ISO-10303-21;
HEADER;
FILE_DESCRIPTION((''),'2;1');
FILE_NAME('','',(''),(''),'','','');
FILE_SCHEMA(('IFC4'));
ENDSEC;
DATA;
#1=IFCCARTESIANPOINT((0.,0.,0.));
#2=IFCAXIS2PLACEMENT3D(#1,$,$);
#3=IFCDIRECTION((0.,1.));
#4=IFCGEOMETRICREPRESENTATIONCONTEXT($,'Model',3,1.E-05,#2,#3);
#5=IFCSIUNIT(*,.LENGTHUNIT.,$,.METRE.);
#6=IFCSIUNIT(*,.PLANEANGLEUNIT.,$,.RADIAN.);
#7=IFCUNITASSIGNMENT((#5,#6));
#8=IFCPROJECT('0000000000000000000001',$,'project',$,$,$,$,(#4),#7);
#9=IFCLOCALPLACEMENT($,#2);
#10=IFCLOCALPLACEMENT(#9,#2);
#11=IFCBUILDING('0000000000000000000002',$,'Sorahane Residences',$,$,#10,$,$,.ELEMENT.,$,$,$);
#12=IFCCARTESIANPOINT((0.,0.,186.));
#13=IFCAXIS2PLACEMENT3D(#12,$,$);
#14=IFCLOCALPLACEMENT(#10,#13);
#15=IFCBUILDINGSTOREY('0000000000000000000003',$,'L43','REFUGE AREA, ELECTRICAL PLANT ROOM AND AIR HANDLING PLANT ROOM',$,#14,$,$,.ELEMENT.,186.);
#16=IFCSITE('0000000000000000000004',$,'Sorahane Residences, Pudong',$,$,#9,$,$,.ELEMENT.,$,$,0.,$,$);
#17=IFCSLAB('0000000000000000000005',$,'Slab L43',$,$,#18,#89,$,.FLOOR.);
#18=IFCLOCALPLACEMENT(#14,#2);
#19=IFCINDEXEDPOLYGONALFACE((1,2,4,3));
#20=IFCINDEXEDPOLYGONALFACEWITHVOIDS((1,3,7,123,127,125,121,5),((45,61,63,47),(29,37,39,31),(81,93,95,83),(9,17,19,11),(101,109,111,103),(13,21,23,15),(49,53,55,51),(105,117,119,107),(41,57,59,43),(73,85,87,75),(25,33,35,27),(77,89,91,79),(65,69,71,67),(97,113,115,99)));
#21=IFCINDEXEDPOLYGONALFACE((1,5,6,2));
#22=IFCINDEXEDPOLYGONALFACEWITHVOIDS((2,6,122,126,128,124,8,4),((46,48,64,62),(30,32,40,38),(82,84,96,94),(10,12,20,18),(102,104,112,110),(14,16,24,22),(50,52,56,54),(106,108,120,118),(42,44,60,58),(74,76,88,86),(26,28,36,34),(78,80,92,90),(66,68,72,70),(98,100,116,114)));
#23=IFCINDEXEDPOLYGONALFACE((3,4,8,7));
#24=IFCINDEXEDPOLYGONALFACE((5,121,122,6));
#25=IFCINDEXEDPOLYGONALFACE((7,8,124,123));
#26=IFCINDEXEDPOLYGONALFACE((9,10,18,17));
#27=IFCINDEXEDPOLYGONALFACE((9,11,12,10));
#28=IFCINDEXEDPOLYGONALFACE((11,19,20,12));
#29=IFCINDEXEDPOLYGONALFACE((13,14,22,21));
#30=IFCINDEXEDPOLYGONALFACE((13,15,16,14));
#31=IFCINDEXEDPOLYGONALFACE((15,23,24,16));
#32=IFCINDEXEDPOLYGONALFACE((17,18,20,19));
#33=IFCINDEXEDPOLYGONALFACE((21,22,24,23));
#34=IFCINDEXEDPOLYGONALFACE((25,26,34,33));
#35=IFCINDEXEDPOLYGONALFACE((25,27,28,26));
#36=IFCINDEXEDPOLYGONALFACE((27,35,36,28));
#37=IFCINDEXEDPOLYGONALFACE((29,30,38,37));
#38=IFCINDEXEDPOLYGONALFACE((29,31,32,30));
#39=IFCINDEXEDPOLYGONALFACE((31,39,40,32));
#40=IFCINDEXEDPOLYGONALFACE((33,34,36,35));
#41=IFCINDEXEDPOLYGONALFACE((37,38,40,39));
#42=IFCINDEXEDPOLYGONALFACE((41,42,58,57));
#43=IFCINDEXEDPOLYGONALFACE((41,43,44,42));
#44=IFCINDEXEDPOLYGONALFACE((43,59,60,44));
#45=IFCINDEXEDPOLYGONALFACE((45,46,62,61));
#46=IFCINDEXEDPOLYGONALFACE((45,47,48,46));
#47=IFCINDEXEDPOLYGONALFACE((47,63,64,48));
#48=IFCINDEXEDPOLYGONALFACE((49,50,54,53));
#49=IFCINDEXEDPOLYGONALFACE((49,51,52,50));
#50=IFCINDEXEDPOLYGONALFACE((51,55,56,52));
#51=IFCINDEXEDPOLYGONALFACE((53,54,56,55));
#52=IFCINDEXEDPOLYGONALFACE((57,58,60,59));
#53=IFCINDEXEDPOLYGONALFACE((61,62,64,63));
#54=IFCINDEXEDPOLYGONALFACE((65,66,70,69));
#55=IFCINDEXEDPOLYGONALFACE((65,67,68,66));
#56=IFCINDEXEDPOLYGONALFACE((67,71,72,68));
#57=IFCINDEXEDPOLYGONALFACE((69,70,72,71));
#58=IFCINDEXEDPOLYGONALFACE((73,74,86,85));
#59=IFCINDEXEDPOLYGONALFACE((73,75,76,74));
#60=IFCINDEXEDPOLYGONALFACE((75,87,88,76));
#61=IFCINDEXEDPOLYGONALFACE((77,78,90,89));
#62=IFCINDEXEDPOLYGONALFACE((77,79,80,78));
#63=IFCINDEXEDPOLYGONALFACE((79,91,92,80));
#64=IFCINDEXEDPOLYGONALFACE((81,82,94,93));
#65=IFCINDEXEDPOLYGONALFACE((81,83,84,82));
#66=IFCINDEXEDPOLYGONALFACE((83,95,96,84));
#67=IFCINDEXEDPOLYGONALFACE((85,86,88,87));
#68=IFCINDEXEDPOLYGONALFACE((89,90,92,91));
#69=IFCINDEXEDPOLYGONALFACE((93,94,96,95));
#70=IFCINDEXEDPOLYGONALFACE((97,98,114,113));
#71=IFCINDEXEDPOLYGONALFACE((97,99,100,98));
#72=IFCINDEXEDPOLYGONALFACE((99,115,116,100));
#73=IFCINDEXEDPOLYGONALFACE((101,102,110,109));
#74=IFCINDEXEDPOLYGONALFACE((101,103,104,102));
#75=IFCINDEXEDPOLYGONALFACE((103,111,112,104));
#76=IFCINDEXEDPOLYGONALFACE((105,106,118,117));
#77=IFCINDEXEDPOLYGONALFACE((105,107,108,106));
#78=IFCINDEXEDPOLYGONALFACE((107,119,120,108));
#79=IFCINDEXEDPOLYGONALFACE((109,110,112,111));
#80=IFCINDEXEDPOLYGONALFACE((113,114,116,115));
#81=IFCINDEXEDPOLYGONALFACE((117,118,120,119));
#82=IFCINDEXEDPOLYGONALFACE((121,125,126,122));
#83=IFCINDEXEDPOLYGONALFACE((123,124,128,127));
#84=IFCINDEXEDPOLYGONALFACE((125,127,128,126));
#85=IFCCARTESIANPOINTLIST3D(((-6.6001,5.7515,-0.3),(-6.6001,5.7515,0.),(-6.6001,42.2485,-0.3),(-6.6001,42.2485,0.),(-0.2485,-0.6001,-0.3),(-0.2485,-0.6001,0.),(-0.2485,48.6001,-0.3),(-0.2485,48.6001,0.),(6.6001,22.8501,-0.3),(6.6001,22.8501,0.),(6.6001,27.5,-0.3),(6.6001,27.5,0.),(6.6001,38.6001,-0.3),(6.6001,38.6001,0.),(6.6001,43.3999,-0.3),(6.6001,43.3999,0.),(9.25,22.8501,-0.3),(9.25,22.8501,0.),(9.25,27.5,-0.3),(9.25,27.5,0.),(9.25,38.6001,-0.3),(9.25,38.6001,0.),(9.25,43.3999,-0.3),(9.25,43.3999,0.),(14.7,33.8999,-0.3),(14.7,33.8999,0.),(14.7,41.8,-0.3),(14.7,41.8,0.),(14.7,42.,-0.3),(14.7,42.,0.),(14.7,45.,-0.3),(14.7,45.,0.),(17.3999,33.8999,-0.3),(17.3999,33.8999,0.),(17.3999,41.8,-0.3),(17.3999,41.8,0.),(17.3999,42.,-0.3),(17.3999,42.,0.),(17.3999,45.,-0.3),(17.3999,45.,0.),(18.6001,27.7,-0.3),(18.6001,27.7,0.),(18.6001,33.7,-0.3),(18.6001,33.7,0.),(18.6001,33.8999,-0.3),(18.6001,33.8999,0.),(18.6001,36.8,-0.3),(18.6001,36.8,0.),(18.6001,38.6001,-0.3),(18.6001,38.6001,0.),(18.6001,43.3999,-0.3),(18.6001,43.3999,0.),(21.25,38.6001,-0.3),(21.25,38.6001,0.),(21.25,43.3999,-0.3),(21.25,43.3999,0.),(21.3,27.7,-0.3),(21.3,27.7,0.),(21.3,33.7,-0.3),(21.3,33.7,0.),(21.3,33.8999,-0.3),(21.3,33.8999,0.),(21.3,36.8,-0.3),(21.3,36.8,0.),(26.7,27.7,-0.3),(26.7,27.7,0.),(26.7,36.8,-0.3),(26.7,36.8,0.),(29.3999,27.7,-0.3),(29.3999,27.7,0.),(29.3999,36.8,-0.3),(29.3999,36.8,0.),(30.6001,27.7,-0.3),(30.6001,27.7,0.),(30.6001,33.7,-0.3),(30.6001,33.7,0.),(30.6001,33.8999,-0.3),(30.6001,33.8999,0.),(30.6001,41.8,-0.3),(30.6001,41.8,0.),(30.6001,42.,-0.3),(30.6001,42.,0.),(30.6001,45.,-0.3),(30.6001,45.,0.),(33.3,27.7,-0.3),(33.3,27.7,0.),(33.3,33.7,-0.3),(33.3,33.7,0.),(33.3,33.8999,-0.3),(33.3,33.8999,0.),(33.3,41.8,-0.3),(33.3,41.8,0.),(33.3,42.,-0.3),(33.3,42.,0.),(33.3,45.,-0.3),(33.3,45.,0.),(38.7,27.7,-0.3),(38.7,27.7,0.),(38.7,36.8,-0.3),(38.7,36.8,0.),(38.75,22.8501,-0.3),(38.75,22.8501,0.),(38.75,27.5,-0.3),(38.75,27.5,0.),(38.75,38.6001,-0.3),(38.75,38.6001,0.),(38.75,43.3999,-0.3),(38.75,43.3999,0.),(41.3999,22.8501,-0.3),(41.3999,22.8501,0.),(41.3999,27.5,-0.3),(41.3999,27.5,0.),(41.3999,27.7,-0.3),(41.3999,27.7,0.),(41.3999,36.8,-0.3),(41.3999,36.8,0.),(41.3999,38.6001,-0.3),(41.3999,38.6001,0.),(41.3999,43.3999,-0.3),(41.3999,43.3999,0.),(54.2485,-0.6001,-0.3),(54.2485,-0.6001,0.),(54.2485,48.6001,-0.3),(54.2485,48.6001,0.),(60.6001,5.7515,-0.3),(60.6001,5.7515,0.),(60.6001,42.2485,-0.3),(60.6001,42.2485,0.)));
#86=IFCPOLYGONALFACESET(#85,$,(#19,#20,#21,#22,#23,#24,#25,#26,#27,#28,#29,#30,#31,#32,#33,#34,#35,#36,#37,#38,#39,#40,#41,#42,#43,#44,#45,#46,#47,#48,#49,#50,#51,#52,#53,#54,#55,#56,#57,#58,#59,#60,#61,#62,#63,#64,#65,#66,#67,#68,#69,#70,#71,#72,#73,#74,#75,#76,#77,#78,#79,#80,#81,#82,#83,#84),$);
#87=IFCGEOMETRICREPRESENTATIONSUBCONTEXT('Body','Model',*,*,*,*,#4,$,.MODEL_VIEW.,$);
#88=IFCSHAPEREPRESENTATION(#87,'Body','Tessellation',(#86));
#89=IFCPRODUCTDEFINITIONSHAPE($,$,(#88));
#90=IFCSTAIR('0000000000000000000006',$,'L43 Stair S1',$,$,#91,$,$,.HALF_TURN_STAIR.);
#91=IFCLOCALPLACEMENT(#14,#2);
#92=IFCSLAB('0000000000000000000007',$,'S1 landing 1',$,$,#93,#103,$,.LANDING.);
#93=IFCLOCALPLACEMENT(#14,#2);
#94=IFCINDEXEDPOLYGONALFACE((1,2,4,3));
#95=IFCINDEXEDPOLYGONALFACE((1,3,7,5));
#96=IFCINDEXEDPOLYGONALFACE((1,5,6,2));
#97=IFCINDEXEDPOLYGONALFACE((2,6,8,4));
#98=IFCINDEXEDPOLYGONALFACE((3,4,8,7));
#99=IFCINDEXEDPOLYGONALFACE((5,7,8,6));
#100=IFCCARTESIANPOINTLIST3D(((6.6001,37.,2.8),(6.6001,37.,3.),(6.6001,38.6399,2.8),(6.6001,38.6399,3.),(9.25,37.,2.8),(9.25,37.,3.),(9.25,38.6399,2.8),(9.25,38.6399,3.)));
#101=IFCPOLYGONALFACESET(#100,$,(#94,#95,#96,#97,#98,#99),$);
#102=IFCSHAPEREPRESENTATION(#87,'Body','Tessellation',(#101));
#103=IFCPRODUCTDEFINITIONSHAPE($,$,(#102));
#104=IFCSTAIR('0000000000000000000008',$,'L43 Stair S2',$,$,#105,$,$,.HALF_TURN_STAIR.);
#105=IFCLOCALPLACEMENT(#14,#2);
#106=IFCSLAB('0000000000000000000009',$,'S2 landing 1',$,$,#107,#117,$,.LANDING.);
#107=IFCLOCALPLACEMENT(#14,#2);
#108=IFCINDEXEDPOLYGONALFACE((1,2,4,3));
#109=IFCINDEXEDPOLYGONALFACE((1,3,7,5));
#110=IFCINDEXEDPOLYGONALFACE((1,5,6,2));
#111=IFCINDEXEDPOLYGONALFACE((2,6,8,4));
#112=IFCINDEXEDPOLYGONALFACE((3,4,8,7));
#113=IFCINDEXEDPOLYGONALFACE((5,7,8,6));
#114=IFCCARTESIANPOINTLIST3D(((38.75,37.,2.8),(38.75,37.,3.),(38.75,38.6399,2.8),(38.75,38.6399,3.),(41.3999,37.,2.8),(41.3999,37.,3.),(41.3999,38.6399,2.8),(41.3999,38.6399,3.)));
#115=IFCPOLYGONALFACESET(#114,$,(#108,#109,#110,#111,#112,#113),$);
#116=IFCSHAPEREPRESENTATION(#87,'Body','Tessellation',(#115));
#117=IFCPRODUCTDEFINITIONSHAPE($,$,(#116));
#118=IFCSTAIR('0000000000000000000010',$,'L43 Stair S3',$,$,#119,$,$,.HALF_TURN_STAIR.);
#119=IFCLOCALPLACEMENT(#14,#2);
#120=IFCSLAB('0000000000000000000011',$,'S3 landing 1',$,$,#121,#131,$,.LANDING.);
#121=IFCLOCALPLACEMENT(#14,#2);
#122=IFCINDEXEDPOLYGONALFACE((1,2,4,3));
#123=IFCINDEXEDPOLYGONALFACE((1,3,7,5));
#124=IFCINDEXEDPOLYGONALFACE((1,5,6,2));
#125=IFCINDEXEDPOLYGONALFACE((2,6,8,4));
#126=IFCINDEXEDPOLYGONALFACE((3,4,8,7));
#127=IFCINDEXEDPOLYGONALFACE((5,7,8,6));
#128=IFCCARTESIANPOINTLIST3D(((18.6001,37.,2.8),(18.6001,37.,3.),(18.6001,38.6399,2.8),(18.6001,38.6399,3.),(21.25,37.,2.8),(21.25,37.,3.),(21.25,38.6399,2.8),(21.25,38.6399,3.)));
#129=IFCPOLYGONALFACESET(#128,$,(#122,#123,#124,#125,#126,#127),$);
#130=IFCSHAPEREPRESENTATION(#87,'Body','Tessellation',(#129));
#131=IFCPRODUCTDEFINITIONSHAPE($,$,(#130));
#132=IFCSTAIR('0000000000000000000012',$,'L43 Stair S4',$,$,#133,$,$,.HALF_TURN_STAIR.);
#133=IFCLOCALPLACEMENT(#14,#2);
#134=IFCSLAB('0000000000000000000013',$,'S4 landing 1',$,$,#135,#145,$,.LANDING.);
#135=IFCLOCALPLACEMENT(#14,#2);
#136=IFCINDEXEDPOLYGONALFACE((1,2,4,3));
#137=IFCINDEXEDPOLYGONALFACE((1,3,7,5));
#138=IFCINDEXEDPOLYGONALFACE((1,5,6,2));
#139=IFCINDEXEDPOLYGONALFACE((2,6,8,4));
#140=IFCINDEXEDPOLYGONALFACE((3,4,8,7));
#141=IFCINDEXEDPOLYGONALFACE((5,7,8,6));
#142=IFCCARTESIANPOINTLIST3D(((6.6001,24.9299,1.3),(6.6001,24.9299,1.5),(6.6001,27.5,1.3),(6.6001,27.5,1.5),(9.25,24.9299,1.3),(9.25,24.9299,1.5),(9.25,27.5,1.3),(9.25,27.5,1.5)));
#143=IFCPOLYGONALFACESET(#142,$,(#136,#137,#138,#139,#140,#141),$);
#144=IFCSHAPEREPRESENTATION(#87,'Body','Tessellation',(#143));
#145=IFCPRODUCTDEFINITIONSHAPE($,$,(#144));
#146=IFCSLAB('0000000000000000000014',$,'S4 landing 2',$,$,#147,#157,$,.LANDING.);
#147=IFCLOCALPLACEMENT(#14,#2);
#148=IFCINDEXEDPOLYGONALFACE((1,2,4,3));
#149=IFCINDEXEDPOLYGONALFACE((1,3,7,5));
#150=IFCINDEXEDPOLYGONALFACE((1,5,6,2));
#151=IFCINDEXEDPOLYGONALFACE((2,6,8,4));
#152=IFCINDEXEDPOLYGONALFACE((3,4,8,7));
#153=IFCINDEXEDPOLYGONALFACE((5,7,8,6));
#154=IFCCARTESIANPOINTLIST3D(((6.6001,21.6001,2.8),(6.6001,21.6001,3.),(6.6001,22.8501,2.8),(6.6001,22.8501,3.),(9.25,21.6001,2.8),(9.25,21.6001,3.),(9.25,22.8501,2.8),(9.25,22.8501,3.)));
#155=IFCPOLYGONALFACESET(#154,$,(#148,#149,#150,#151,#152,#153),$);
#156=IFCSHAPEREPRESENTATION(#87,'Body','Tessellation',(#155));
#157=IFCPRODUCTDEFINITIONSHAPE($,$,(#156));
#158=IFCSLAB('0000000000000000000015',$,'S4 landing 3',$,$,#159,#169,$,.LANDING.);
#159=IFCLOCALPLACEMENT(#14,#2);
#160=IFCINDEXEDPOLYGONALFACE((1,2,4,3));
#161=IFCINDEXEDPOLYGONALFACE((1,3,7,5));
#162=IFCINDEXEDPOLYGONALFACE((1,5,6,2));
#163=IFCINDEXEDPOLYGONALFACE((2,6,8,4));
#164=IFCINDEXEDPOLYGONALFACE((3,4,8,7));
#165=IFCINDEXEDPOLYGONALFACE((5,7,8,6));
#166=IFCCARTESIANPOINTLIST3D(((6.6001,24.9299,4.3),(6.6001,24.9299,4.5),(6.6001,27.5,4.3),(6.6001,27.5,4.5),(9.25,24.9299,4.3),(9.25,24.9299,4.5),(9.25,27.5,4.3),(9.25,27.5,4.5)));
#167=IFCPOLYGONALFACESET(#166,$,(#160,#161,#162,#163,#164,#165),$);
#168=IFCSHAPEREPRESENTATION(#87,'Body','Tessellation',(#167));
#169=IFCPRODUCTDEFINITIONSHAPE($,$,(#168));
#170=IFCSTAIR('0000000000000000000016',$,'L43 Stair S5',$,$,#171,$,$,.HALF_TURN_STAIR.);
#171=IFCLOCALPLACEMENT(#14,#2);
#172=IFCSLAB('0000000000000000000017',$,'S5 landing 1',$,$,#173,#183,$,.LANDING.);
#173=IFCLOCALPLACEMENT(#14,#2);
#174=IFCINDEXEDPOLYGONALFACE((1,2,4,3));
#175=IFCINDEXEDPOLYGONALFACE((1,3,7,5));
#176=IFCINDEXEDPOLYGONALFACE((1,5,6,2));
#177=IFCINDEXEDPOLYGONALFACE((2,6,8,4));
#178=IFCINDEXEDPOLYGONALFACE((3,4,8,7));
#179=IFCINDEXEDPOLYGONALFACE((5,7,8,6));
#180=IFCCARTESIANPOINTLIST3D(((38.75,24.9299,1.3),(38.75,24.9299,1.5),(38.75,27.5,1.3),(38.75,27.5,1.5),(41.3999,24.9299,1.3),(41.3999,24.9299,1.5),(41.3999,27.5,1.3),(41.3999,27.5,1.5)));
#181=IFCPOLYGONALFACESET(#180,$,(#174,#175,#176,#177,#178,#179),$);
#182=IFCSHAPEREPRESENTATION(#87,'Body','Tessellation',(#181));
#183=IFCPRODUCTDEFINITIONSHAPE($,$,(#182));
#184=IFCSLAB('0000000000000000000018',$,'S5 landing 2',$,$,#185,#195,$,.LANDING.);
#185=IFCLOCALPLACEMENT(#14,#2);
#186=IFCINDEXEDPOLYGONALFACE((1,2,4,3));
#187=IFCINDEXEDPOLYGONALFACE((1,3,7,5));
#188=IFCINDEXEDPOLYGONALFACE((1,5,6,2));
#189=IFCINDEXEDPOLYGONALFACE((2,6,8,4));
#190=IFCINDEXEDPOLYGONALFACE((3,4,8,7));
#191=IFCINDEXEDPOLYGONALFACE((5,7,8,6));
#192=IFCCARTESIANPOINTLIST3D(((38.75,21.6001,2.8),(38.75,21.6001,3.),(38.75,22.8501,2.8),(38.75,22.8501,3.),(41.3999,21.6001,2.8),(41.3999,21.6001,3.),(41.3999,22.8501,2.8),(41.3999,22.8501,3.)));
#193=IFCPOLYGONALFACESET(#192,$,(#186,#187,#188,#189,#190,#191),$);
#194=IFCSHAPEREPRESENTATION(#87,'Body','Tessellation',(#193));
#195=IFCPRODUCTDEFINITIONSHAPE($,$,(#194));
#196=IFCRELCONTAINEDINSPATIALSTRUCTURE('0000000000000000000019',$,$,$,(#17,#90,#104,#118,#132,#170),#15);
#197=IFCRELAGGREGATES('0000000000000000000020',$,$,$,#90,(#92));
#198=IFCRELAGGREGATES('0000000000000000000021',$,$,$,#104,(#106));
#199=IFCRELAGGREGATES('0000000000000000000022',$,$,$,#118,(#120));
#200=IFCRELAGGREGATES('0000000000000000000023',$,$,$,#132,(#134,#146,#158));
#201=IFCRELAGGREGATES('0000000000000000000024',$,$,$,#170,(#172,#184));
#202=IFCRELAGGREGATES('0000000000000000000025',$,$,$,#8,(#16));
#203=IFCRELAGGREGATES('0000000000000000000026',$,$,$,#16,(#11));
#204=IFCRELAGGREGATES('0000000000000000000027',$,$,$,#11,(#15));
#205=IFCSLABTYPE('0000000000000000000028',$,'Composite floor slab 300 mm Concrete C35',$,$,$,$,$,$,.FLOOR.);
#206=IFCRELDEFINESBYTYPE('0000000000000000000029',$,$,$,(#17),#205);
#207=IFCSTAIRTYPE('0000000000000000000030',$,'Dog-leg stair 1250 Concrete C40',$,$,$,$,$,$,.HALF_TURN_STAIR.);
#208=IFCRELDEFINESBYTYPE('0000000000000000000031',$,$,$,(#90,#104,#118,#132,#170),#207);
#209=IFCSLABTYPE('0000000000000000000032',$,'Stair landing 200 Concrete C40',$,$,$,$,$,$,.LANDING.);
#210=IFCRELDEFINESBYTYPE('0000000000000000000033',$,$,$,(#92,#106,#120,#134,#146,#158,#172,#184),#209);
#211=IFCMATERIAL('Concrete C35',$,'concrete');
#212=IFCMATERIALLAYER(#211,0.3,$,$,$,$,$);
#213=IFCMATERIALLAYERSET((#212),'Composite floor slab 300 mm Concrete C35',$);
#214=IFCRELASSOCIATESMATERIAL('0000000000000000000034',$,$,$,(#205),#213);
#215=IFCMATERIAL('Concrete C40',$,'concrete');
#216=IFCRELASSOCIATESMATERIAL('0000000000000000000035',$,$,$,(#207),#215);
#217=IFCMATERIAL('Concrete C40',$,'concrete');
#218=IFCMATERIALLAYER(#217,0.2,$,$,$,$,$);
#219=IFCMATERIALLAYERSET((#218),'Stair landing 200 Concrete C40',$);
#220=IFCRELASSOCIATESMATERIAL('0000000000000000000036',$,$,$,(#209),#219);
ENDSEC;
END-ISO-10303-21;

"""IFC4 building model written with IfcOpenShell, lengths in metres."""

from ifc_helpers import new_model, si_unit, direction, frame, origin, place, context, subcontext, project, spatial, polyline, outline, extrude, material, layer, layer_set, type_object, element, aggregate, save


model = new_model("IFC4")

# Units and contexts
model_context = context("Model", 3, precision=1e-05, world=origin(), true_north=direction((0.0, 1.0)))
body_context = subcontext(model_context, "Body", "Model", "MODEL_VIEW")
ifc_project = project(units=[si_unit("LENGTHUNIT", "METRE"), si_unit("PLANEANGLEUNIT", "RADIAN")], contexts=[model_context])

# Site, building, storey
site_placement = place(None, origin())
site = spatial("IfcSite", under=ifc_project, at=site_placement, Name="Sorahane Residences, Pudong", CompositionType="ELEMENT", RefElevation=0.0)
building_placement = place(site_placement, origin())
building = spatial("IfcBuilding", under=site, at=building_placement, Name="Sorahane Residences", CompositionType="ELEMENT")
storey_placement = place(building_placement, frame((0.0, 0.0, 186.0)))
storey = spatial("IfcBuildingStorey", under=building, at=storey_placement, Name="L43", Description="REFUGE AREA, ELECTRICAL PLANT ROOM AND AIR HANDLING PLANT ROOM", CompositionType="ELEMENT", Elevation=186.0)

# Slab
ifc_material_1 = material(Name="Concrete C35", Category="concrete")
ifc_layer_1 = layer(ifc_material_1, 0.3)
ifc_layer_set_1 = layer_set([ifc_layer_1], Name="Composite floor slab 300 mm Concrete C35")
slab_type_1 = type_object("IfcSlabType", Name="Composite floor slab 300 mm Concrete C35", PredefinedType="FLOOR", material=ifc_layer_set_1)
slab_1_placement = place(storey_placement, frame((0.0, 0.0, -0.3)))
element("IfcSlab", 1, at=slab_1_placement, inside=storey, type_object=slab_type_1, Name="Slab L43", PredefinedType="FLOOR", context=body_context, shape_type="SweptSolid", body=[
    extrude(outline(polyline([(-0.2485, -0.6001), (-6.6001, 5.7515), (-6.6001, 42.2485), (-0.2485, 48.6001), (54.2485, 48.6001), (60.6001, 42.2485), (60.6001, 5.7515), (54.2485, -0.6001), (-0.2485, -0.6001)]), holes=[polyline([(18.6001, 27.7), (21.3, 27.7), (21.3, 33.7), (18.6001, 33.7), (18.6001, 27.7)]), polyline([(38.7, 27.7), (41.3999, 27.7), (41.3999, 36.8), (38.7, 36.8), (38.7, 27.7)]), polyline([(30.6001, 27.7), (33.3, 27.7), (33.3, 33.7), (30.6001, 33.7), (30.6001, 27.7)]), polyline([(30.6001, 42.0), (33.3, 42.0), (33.3, 45.0), (30.6001, 45.0), (30.6001, 42.0)]), polyline([(14.7, 42.0), (17.3999, 42.0), (17.3999, 45.0), (14.7, 45.0), (14.7, 42.0)]), polyline([(9.25, 38.6001), (6.6001, 38.6001), (6.6001, 43.3999), (9.25, 43.3999), (9.25, 38.6001)]), polyline([(41.3999, 38.6001), (38.75, 38.6001), (38.75, 43.3999), (41.3999, 43.3999), (41.3999, 38.6001)]), polyline([(21.25, 38.6001), (18.6001, 38.6001), (18.6001, 43.3999), (21.25, 43.3999), (21.25, 38.6001)]), polyline([(6.6001, 27.5), (9.25, 27.5), (9.25, 22.8501), (6.6001, 22.8501), (6.6001, 27.5)]), polyline([(38.75, 27.5), (41.3999, 27.5), (41.3999, 22.8501), (38.75, 22.8501), (38.75, 27.5)]), polyline([(14.7, 33.8999), (17.3999, 33.8999), (17.3999, 41.8), (14.7, 41.8), (14.7, 33.8999)]), polyline([(30.6001, 33.8999), (33.3, 33.8999), (33.3, 41.8), (30.6001, 41.8), (30.6001, 33.8999)]), polyline([(18.6001, 33.8999), (21.3, 33.8999), (21.3, 36.8), (18.6001, 36.8), (18.6001, 33.8999)]), polyline([(26.7, 27.7), (29.3999, 27.7), (29.3999, 36.8), (26.7, 36.8), (26.7, 27.7)])]), origin(), (0.0, 0.0, 1.0), 0.3),
])

# Stairs, slabs
ifc_material_2 = material(Name="Concrete C40", Category="concrete")
stair_type = type_object("IfcStairType", Name="Dog-leg stair 1250 Concrete C40", PredefinedType="HALF_TURN_STAIR", material=ifc_material_2)
stair_1_placement = place(storey_placement, origin())
stair_1 = element("IfcStair", 2, at=stair_1_placement, inside=storey, type_object=stair_type, Name="L43 Stair S1", PredefinedType="HALF_TURN_STAIR")
ifc_material_3 = material(Name="Concrete C40", Category="concrete")
ifc_layer_2 = layer(ifc_material_3, 0.2)
ifc_layer_set_2 = layer_set([ifc_layer_2], Name="Stair landing 200 Concrete C40")
slab_type_2 = type_object("IfcSlabType", Name="Stair landing 200 Concrete C40", PredefinedType="LANDING", material=ifc_layer_set_2)
slab_2_placement = place(storey_placement, frame((0.0, 0.0, 2.8)))
slab_2 = element("IfcSlab", 3, at=slab_2_placement, type_object=slab_type_2, Name="S1 landing 1", PredefinedType="LANDING", context=body_context, shape_type="SweptSolid", body=[
    extrude(outline(polyline([(6.6001, 38.6399), (6.6001, 37.0), (9.25, 37.0), (9.25, 38.6399), (6.6001, 38.6399)])), origin(), (0.0, 0.0, 1.0), 0.2),
])
aggregate(stair_1, [slab_2])
stair_2_placement = place(storey_placement, origin())
stair_2 = element("IfcStair", 4, at=stair_2_placement, inside=storey, type_object=stair_type, Name="L43 Stair S2", PredefinedType="HALF_TURN_STAIR")
slab_3_placement = place(storey_placement, frame((0.0, 0.0, 2.8)))
slab_3 = element("IfcSlab", 5, at=slab_3_placement, type_object=slab_type_2, Name="S2 landing 1", PredefinedType="LANDING", context=body_context, shape_type="SweptSolid", body=[
    extrude(outline(polyline([(38.75, 38.6399), (38.75, 37.0), (41.3999, 37.0), (41.3999, 38.6399), (38.75, 38.6399)])), origin(), (0.0, 0.0, 1.0), 0.2),
])
aggregate(stair_2, [slab_3])
stair_3_placement = place(storey_placement, origin())
stair_3 = element("IfcStair", 6, at=stair_3_placement, inside=storey, type_object=stair_type, Name="L43 Stair S3", PredefinedType="HALF_TURN_STAIR")
slab_4_placement = place(storey_placement, frame((0.0, 0.0, 2.8)))
slab_4 = element("IfcSlab", 7, at=slab_4_placement, type_object=slab_type_2, Name="S3 landing 1", PredefinedType="LANDING", context=body_context, shape_type="SweptSolid", body=[
    extrude(outline(polyline([(18.6001, 38.6399), (18.6001, 37.0), (21.25, 37.0), (21.25, 38.6399), (18.6001, 38.6399)])), origin(), (0.0, 0.0, 1.0), 0.2),
])
aggregate(stair_3, [slab_4])

# Stairs, slabs
stair_4_placement = place(storey_placement, origin())
stair_4 = element("IfcStair", 8, at=stair_4_placement, inside=storey, type_object=stair_type, Name="L43 Stair S4", PredefinedType="HALF_TURN_STAIR")
slab_5_placement = place(storey_placement, frame((0.0, 0.0, 1.3)))
slab_5 = element("IfcSlab", 9, at=slab_5_placement, type_object=slab_type_2, Name="S4 landing 1", PredefinedType="LANDING", context=body_context, shape_type="SweptSolid", body=[
    extrude(outline(polyline([(9.25, 24.9299), (9.25, 27.5), (6.6001, 27.5), (6.6001, 24.9299), (9.25, 24.9299)])), origin(), (0.0, 0.0, 1.0), 0.2),
])
slab_6_placement = place(storey_placement, frame((0.0, 0.0, 2.8)))
slab_6 = element("IfcSlab", 10, at=slab_6_placement, type_object=slab_type_2, Name="S4 landing 2", PredefinedType="LANDING", context=body_context, shape_type="SweptSolid", body=[
    extrude(outline(polyline([(9.25, 21.6001), (9.25, 22.8501), (6.6001, 22.8501), (6.6001, 21.6001), (9.25, 21.6001)])), origin(), (0.0, 0.0, 1.0), 0.2),
])
slab_7_placement = place(storey_placement, frame((0.0, 0.0, 4.3)))
slab_7 = element("IfcSlab", 11, at=slab_7_placement, type_object=slab_type_2, Name="S4 landing 3", PredefinedType="LANDING", context=body_context, shape_type="SweptSolid", body=[
    extrude(outline(polyline([(9.25, 24.9299), (9.25, 27.5), (6.6001, 27.5), (6.6001, 24.9299), (9.25, 24.9299)])), origin(), (0.0, 0.0, 1.0), 0.2),
])
aggregate(stair_4, [slab_5, slab_6, slab_7])
stair_5_placement = place(storey_placement, origin())
stair_5 = element("IfcStair", 12, at=stair_5_placement, inside=storey, type_object=stair_type, Name="L43 Stair S5", PredefinedType="HALF_TURN_STAIR")
slab_8_placement = place(storey_placement, frame((0.0, 0.0, 1.3)))
slab_8 = element("IfcSlab", 13, at=slab_8_placement, type_object=slab_type_2, Name="S5 landing 1", PredefinedType="LANDING", context=body_context, shape_type="SweptSolid", body=[
    extrude(outline(polyline([(41.3999, 24.9299), (41.3999, 27.5), (38.75, 27.5), (38.75, 24.9299), (41.3999, 24.9299)])), origin(), (0.0, 0.0, 1.0), 0.2),
])
slab_9_placement = place(storey_placement, frame((0.0, 0.0, 2.8)))
slab_9 = element("IfcSlab", 14, at=slab_9_placement, type_object=slab_type_2, Name="S5 landing 2", PredefinedType="LANDING", context=body_context, shape_type="SweptSolid", body=[
    extrude(outline(polyline([(41.3999, 21.6001), (41.3999, 22.8501), (38.75, 22.8501), (38.75, 21.6001), (41.3999, 21.6001)])), origin(), (0.0, 0.0, 1.0), 0.2),
])
aggregate(stair_5, [slab_8, slab_9])

save(model, "model.ifc")
